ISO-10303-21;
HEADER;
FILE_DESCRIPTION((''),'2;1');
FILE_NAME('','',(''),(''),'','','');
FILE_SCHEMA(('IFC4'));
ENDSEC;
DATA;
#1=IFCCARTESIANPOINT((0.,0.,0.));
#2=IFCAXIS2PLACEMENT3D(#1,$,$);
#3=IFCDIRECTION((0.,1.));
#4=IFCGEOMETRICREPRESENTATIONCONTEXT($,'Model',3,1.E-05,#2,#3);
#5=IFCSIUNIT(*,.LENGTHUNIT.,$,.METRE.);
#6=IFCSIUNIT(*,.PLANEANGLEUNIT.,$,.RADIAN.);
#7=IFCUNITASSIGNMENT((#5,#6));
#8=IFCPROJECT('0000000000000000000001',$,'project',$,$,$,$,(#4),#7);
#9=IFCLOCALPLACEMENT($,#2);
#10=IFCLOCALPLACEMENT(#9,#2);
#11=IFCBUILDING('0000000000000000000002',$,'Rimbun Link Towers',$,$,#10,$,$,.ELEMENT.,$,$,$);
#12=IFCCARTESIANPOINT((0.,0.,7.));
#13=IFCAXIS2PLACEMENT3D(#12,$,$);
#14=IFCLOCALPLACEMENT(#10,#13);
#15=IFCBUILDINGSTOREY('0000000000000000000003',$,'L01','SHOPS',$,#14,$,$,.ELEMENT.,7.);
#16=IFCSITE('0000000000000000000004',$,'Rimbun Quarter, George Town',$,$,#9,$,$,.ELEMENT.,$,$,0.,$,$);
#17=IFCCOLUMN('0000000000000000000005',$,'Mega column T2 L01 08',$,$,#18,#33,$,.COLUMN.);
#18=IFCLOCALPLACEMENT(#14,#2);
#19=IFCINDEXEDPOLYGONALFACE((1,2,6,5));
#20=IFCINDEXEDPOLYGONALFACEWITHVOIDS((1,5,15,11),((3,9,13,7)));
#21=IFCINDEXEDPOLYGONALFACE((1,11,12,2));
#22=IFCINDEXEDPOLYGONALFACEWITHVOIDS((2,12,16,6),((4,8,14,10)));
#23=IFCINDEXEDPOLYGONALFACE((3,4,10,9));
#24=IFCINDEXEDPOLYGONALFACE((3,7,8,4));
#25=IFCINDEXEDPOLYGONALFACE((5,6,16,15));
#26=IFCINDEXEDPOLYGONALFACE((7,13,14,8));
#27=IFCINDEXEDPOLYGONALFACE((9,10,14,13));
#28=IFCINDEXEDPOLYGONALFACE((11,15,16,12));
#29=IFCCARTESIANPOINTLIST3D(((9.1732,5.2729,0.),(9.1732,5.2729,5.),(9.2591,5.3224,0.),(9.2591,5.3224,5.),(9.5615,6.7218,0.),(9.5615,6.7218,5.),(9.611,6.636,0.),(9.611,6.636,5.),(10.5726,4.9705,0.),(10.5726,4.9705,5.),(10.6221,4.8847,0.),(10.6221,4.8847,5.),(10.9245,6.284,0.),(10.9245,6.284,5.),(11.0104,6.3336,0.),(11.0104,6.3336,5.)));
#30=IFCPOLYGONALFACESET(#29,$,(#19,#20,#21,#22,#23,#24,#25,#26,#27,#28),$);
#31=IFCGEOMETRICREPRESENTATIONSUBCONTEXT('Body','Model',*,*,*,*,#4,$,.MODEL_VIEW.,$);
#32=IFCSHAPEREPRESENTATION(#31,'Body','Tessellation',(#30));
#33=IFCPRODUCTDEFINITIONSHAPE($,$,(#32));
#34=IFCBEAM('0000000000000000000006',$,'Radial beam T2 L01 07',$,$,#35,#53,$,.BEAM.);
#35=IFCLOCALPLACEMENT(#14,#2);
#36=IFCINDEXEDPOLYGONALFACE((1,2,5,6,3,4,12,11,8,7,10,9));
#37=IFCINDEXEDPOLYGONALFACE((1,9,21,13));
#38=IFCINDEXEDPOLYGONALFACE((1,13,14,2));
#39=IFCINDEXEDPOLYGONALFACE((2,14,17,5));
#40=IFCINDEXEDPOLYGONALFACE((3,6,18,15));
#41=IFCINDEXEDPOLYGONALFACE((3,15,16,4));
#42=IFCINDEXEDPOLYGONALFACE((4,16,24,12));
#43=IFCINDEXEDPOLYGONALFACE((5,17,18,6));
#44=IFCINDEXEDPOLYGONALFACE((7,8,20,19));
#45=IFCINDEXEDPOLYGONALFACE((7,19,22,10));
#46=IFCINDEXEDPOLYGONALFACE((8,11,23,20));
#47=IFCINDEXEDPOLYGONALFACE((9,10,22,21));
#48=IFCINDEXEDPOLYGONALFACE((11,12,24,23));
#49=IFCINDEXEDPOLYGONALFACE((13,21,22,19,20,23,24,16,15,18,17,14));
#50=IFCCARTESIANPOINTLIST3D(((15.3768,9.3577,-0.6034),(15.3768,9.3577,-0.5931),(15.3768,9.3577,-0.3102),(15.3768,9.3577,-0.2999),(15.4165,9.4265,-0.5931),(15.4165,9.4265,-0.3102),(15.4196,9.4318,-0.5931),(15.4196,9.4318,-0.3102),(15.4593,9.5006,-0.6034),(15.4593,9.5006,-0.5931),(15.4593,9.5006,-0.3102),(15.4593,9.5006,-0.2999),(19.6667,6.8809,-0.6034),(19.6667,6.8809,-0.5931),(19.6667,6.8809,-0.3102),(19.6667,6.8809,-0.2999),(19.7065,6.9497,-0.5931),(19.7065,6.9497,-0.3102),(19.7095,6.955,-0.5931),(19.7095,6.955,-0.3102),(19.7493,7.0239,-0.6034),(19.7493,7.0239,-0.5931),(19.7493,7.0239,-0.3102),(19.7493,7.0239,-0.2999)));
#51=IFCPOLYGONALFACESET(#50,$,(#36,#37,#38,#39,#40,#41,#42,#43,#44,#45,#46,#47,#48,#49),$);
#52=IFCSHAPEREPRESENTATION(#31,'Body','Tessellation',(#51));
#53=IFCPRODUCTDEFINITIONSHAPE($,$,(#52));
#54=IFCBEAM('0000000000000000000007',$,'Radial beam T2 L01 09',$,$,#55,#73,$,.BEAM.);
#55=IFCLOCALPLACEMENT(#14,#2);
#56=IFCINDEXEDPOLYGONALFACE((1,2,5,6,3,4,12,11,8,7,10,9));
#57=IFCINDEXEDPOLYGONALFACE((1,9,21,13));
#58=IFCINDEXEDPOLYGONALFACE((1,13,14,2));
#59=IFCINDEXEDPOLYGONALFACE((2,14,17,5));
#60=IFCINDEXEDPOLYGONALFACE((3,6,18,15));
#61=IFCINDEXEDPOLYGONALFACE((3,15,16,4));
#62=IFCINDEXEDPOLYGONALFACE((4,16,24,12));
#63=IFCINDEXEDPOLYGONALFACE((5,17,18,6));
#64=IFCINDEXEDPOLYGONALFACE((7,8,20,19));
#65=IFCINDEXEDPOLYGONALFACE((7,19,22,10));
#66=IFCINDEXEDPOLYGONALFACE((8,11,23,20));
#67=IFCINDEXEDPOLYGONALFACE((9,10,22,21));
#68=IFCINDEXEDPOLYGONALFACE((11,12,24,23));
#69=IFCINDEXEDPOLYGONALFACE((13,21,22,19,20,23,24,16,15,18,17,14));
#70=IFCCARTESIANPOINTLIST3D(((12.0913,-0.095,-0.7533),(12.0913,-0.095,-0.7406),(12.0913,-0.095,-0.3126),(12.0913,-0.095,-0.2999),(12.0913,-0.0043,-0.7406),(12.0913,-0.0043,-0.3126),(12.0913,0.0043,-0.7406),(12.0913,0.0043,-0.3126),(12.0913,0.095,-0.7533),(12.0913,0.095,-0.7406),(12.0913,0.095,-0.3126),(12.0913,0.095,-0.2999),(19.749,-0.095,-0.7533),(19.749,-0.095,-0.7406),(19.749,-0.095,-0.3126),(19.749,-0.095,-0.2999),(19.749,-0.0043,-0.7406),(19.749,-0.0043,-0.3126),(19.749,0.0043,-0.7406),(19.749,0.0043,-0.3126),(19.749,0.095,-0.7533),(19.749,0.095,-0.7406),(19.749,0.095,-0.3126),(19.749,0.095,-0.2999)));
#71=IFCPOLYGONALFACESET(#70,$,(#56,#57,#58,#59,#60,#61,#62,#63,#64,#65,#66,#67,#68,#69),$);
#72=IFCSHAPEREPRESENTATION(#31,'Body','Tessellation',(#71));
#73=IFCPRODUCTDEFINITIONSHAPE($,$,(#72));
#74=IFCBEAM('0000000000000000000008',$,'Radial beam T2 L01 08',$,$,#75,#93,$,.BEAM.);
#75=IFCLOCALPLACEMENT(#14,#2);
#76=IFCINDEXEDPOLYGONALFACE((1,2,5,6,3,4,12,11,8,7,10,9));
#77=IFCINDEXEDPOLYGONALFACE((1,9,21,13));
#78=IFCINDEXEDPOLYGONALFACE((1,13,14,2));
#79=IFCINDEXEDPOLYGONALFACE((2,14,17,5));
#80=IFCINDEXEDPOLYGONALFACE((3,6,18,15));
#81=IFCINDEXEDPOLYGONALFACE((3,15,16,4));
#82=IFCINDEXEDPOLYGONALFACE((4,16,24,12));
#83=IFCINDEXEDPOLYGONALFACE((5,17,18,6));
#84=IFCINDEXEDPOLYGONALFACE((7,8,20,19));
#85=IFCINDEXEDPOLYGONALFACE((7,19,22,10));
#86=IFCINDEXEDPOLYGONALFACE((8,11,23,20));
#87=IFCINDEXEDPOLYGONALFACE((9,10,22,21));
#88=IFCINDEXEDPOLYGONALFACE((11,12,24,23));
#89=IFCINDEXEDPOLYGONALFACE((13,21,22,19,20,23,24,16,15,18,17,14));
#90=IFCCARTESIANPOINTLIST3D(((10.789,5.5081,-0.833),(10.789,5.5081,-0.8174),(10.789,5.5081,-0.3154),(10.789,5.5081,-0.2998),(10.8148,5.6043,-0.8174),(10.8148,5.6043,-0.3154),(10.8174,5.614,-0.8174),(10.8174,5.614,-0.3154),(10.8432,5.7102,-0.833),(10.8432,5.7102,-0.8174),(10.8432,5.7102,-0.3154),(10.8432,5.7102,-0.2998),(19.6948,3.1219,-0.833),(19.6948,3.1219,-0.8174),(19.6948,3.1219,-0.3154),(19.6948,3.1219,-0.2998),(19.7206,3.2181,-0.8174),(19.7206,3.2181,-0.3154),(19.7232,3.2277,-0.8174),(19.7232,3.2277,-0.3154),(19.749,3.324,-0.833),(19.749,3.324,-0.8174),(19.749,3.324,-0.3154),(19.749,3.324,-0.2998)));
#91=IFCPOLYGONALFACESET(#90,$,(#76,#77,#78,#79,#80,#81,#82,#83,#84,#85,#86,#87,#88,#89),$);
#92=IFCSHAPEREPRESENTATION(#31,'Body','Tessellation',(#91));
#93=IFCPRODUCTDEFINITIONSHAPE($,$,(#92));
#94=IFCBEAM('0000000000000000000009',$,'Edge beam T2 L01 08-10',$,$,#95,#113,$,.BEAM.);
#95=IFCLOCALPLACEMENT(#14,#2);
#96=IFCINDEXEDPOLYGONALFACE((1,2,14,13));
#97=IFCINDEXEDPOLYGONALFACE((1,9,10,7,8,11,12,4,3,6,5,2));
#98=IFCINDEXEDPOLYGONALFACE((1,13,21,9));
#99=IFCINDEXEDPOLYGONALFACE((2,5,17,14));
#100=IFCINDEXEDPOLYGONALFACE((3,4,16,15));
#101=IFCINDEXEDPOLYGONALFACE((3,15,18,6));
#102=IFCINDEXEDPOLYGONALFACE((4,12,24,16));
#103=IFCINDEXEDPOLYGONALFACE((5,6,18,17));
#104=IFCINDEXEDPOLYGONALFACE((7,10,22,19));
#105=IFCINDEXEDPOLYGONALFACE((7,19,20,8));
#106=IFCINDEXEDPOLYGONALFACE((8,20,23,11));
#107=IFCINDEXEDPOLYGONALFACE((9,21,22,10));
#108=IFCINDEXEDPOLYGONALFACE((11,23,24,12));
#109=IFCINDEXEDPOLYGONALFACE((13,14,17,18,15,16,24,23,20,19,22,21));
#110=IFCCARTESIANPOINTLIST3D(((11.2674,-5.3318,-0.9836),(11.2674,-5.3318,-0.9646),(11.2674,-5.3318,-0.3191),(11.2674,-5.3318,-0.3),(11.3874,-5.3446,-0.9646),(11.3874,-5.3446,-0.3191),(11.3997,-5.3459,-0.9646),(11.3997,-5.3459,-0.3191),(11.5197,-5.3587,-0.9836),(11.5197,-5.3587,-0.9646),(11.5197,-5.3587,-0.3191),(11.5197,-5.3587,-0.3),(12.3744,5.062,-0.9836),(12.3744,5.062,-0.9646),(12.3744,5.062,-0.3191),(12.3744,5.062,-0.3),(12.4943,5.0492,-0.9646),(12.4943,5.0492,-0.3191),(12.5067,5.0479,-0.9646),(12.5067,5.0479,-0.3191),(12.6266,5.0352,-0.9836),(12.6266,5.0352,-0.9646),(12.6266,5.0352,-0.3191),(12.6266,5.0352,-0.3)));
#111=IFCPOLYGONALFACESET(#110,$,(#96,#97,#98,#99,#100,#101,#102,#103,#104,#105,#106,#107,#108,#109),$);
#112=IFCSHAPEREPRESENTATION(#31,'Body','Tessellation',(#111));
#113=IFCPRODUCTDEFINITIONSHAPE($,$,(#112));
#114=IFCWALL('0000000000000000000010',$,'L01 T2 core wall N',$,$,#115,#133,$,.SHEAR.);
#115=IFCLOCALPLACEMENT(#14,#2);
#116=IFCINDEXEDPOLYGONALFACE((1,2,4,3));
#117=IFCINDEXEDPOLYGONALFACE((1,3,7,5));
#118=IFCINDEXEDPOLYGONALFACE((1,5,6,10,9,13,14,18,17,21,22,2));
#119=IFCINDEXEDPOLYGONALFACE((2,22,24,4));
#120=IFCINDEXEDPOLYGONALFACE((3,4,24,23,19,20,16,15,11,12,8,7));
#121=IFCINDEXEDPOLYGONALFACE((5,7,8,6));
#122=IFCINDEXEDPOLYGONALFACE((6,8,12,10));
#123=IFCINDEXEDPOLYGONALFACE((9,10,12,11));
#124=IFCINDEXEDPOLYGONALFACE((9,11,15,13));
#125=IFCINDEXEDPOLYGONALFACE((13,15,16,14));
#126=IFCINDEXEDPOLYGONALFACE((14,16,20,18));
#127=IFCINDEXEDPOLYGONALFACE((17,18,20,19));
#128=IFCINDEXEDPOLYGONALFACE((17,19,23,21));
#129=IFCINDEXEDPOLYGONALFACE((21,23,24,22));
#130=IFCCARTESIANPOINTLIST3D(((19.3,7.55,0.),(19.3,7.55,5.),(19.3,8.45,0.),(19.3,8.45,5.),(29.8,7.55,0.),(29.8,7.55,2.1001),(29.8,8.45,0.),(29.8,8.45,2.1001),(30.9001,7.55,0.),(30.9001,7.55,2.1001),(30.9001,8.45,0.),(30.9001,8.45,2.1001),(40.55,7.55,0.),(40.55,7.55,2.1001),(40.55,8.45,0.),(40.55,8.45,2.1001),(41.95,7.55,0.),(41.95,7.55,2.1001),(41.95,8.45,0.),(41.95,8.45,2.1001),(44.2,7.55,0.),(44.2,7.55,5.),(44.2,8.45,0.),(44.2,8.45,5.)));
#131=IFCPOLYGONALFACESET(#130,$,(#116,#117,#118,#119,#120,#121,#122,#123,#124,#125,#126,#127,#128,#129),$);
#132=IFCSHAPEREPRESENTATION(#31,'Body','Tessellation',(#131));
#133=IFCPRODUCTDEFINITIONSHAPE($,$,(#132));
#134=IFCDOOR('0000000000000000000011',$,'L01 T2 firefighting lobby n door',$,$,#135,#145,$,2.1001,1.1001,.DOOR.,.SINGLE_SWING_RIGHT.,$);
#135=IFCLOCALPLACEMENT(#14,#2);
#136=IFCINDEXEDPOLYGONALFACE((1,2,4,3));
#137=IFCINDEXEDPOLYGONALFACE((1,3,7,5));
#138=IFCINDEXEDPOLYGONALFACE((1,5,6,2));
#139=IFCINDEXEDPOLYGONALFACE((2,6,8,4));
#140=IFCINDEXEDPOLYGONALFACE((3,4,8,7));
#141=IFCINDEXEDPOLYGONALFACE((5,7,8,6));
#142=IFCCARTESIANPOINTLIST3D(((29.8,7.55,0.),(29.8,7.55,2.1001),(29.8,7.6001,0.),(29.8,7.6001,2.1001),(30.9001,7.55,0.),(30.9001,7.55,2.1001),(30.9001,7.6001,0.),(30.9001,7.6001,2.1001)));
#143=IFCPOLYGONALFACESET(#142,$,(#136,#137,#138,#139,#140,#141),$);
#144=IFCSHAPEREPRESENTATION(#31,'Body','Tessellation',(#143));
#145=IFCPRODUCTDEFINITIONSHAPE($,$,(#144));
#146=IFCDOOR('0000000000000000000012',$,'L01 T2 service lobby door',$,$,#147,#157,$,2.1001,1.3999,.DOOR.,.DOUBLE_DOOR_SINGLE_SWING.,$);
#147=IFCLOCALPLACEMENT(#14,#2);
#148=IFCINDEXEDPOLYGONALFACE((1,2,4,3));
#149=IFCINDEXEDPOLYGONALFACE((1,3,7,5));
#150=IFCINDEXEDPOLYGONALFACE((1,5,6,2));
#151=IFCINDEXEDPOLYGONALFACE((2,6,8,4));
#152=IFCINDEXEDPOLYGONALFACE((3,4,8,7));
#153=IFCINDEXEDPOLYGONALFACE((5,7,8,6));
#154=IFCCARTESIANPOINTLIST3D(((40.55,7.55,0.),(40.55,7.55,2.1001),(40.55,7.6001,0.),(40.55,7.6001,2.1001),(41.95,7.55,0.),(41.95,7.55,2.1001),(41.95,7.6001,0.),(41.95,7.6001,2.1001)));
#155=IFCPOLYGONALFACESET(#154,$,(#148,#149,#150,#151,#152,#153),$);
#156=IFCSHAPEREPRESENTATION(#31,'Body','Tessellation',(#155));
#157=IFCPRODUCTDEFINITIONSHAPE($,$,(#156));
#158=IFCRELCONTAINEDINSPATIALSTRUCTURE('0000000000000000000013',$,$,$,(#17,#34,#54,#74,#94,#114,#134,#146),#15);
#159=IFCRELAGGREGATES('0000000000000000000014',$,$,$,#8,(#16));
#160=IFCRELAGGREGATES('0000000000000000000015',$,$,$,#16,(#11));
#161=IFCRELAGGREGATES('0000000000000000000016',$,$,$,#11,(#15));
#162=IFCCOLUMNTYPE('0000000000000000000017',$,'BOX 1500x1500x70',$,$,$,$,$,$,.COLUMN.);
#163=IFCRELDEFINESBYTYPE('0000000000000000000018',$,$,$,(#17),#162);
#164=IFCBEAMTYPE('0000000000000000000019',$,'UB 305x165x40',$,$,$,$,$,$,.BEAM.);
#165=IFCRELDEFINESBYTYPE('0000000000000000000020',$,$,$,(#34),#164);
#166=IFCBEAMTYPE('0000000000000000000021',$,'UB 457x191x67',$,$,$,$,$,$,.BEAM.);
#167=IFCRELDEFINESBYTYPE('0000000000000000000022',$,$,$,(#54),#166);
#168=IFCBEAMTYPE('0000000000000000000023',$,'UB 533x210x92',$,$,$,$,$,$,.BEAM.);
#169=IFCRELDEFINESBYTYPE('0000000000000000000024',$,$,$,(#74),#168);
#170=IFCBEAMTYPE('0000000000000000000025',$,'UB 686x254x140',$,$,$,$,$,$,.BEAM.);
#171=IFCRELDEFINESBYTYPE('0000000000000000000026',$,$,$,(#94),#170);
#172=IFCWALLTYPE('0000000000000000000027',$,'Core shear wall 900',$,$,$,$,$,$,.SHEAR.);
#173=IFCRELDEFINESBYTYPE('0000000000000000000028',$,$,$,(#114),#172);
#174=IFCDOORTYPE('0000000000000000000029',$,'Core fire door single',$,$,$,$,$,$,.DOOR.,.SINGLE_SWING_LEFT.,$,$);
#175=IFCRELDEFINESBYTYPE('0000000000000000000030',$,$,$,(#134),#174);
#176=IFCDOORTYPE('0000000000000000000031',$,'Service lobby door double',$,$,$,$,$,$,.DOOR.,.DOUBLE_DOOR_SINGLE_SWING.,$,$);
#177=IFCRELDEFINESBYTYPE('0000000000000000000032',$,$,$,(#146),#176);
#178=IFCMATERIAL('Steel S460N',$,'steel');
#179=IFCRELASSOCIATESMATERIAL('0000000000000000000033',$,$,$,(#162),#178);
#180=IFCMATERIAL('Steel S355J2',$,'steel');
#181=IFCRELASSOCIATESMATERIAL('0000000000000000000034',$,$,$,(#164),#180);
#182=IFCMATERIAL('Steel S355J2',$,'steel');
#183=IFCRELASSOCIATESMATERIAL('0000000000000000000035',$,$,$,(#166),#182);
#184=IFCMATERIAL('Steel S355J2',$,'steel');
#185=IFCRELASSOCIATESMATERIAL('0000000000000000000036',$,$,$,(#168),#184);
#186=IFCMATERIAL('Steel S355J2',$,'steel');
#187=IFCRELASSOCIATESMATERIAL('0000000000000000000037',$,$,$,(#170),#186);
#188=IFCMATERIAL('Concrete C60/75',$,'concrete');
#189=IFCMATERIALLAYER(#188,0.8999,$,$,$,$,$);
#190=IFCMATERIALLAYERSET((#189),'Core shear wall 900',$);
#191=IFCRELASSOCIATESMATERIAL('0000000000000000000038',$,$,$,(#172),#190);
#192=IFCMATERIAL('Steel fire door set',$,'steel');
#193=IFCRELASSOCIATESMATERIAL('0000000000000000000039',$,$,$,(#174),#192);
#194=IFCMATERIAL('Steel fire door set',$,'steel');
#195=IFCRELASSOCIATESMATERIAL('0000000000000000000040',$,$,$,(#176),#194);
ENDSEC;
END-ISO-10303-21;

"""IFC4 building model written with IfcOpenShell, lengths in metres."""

from ifc_helpers import new_model, si_unit, direction, frame, frame_2d, origin, origin_2d, place, context, subcontext, project, spatial, rectangle, hollow_rectangle, i_section, extrude, material, layer, layer_set, material_profile, profile_set, type_object, element, fill, save


model = new_model("IFC4")

# Units and contexts
model_context = context("Model", 3, precision=1e-05, world=origin(), true_north=direction((0.0, 1.0)))
body_context = subcontext(model_context, "Body", "Model", "MODEL_VIEW")
ifc_project = project(units=[si_unit("LENGTHUNIT", "METRE"), si_unit("PLANEANGLEUNIT", "RADIAN")], contexts=[model_context])

# Site, building, storey
site_placement = place(None, origin())
site = spatial("IfcSite", under=ifc_project, at=site_placement, Name="Rimbun Quarter, George Town", CompositionType="ELEMENT", RefElevation=0.0)
building_placement = place(site_placement, origin())
building = spatial("IfcBuilding", under=site, at=building_placement, Name="Rimbun Link Towers", CompositionType="ELEMENT")
storey_placement = place(building_placement, frame((0.0, 0.0, 7.0)))
storey = spatial("IfcBuildingStorey", under=building, at=storey_placement, Name="L01", Description="SHOPS", CompositionType="ELEMENT", Elevation=7.0)

# Column
ifc_material_1 = material(Name="Steel S460N", Category="steel")
ifc_material_profile_1 = material_profile(ifc_material_1, hollow_rectangle(XDim=1.5, YDim=1.5, WallThickness=0.0701, at=origin_2d()), Name="BOX 1500x1500x70")
ifc_profile_set_1 = profile_set([ifc_material_profile_1], Name="Steel S460N")
column_type = type_object("IfcColumnType", Name="BOX 1500x1500x70", PredefinedType="COLUMN", material=ifc_profile_set_1)
column_placement = place(storey_placement, frame((10.0918, 5.8032, 0.0), z_axis=(0.0, 0.0, 1.0), x_axis=(-0.965926, 0.258819, 0.0)))
element("IfcColumn", 1, at=column_placement, inside=storey, type_object=column_type, Name="Mega column T2 L01 08", PredefinedType="COLUMN", context=body_context, shape_type="SweptSolid", body=[
    extrude(hollow_rectangle(XDim=1.5, YDim=1.5, WallThickness=0.0701, at=origin_2d()), origin(), (0.0, 0.0, 1.0), 5.0),
])

# Beams
ifc_material_2 = material(Name="Steel S355J2", Category="steel")
ifc_material_profile_2 = material_profile(ifc_material_2, i_section(OverallWidth=0.165, OverallDepth=0.3035, WebThickness=0.0061, FlangeThickness=0.0103, at=origin_2d()), Name="UB 305x165x40")
ifc_profile_set_2 = profile_set([ifc_material_profile_2], Name="Steel S355J2")
beam_type_1 = type_object("IfcBeamType", Name="UB 305x165x40", PredefinedType="BEAM", material=ifc_profile_set_2)
beam_1_placement = place(storey_placement, frame((19.708, 6.9524, -0.4517), z_axis=(-0.86603, 0.499993, 0.0), x_axis=(-0.499993, -0.86603, 0.0)))
element("IfcBeam", 2, at=beam_1_placement, inside=storey, type_object=beam_type_1, Name="Radial beam T2 L01 07", PredefinedType="BEAM", context=body_context, shape_type="SweptSolid", body=[
    extrude(i_section(OverallWidth=0.165, OverallDepth=0.3035, WebThickness=0.0061, FlangeThickness=0.0103, at=origin_2d()), origin(), (0.0, 0.0, 1.0), 4.9536),
])
ifc_material_3 = material(Name="Steel S355J2", Category="steel")
ifc_material_profile_3 = material_profile(ifc_material_3, i_section(OverallWidth=0.1899, OverallDepth=0.4534, WebThickness=0.0085, FlangeThickness=0.0127, at=origin_2d()), Name="UB 457x191x67")
ifc_profile_set_3 = profile_set([ifc_material_profile_3], Name="Steel S355J2")
beam_type_2 = type_object("IfcBeamType", Name="UB 457x191x67", PredefinedType="BEAM", material=ifc_profile_set_3)
beam_2_placement = place(storey_placement, frame((19.749, 0.0, -0.5266), z_axis=(-1.0, 0.0, 0.0), x_axis=(0.0, -1.0, 0.0)))
element("IfcBeam", 3, at=beam_2_placement, inside=storey, type_object=beam_type_2, Name="Radial beam T2 L01 09", PredefinedType="BEAM", context=body_context, shape_type="SweptSolid", body=[
    extrude(i_section(OverallWidth=0.1899, OverallDepth=0.4534, WebThickness=0.0085, FlangeThickness=0.0127, at=origin_2d()), origin(), (0.0, 0.0, 1.0), 7.6577),
])
ifc_material_4 = material(Name="Steel S355J2", Category="steel")
ifc_material_profile_4 = material_profile(ifc_material_4, i_section(OverallWidth=0.2092, OverallDepth=0.5332, WebThickness=0.01, FlangeThickness=0.0156, at=origin_2d()), Name="UB 533x210x92")
ifc_profile_set_4 = profile_set([ifc_material_profile_4], Name="Steel S355J2")
beam_type_3 = type_object("IfcBeamType", Name="UB 533x210x92", PredefinedType="BEAM", material=ifc_profile_set_4)
beam_3_placement = place(storey_placement, frame((19.7219, 3.2229, -0.5664), z_axis=(-0.965927, 0.258813, 0.0), x_axis=(-0.258813, -0.965927, 0.0)))
element("IfcBeam", 4, at=beam_3_placement, inside=storey, type_object=beam_type_3, Name="Radial beam T2 L01 08", PredefinedType="BEAM", context=body_context, shape_type="SweptSolid", body=[
    extrude(i_section(OverallWidth=0.2092, OverallDepth=0.5332, WebThickness=0.01, FlangeThickness=0.0156, at=origin_2d()), origin(), (0.0, 0.0, 1.0), 9.22),
])
ifc_material_5 = material(Name="Steel S355J2", Category="steel")
ifc_material_profile_5 = material_profile(ifc_material_5, i_section(OverallWidth=0.2537, OverallDepth=0.6836, WebThickness=0.0125, FlangeThickness=0.019, at=origin_2d()), Name="UB 686x254x140")
ifc_profile_set_5 = profile_set([ifc_material_profile_5], Name="Steel S355J2")
beam_type_4 = type_object("IfcBeamType", Name="UB 686x254x140", PredefinedType="BEAM", material=ifc_profile_set_5)
beam_4_placement = place(storey_placement, frame((12.5005, 5.0486, -0.6418), z_axis=(-0.105901, -0.994377, 0.0), x_axis=(0.994377, -0.105901, 0.0)))
element("IfcBeam", 5, at=beam_4_placement, inside=storey, type_object=beam_type_4, Name="Edge beam T2 L01 08-10", PredefinedType="BEAM", context=body_context, shape_type="SweptSolid", body=[
    extrude(i_section(OverallWidth=0.2537, OverallDepth=0.6836, WebThickness=0.0125, FlangeThickness=0.019, at=origin_2d()), origin(), (0.0, 0.0, 1.0), 10.4526),
])

# Wall, openings, doors
ifc_material_6 = material(Name="Concrete C60/75", Category="concrete")
ifc_layer_1 = layer(ifc_material_6, 0.8999)
ifc_layer_set_1 = layer_set([ifc_layer_1], Name="Core shear wall 900")
wall_type_1 = type_object("IfcWallType", Name="Core shear wall 900", PredefinedType="SHEAR", material=ifc_layer_set_1)
wall_1_placement = place(storey_placement, frame((19.3, 8.0, 0.0), z_axis=(0.0, 0.0, 1.0), x_axis=(1.0, 0.0, 0.0)))
wall_1 = element("IfcWall", 6, at=wall_1_placement, inside=storey, type_object=wall_type_1, Name="L01 T2 core wall N", PredefinedType="SHEAR", context=body_context, shape_type="SweptSolid", body=[
    extrude(rectangle(XDim=24.8999, YDim=0.8999, at=frame_2d((12.45, 0.0))), origin(), (0.0, 0.0, 1.0), 5.0),
])
opening_1_placement = place(wall_1_placement, frame((10.5, 0.0, 0.0)))
opening_1 = element("IfcOpeningElement", 7, at=opening_1_placement, cuts=wall_1, PredefinedType="OPENING", context=body_context, shape_type="SweptSolid", body=[
    extrude(rectangle(XDim=1.1001, YDim=2.1001, at=frame_2d((0.55, 1.05))), frame((0.0, 0.46, 0.0), z_axis=(0.0, -1.0, 0.0), x_axis=(1.0, 0.0, 0.0)), (0.0, 0.0, 1.0), 0.9199),
])
opening_2_placement = place(wall_1_placement, frame((21.25, 0.0, 0.0)))
opening_2 = element("IfcOpeningElement", 8, at=opening_2_placement, cuts=wall_1, PredefinedType="OPENING", context=body_context, shape_type="SweptSolid", body=[
    extrude(rectangle(XDim=1.3999, YDim=2.1001, at=frame_2d((0.7, 1.05))), frame((0.0, 0.46, 0.0), z_axis=(0.0, -1.0, 0.0), x_axis=(1.0, 0.0, 0.0)), (0.0, 0.0, 1.0), 0.9199),
])
ifc_material_7 = material(Name="Steel fire door set", Category="steel")
door_type_1 = type_object("IfcDoorType", Name="Core fire door single", OperationType="SINGLE_SWING_LEFT", PredefinedType="DOOR", material=ifc_material_7)
door_1_placement = place(opening_1_placement, origin())
door_1 = element("IfcDoor", 9, at=door_1_placement, inside=storey, type_object=door_type_1, Name="L01 T2 firefighting lobby n door", OperationType="SINGLE_SWING_RIGHT", OverallHeight=2.1001, OverallWidth=1.1001, PredefinedType="DOOR", context=body_context, shape_type="SweptSolid", body=[
    extrude(rectangle(XDim=1.1001, YDim=2.1001, at=frame_2d((0.55, 1.05))), frame((0.0, -0.3999, 0.0), z_axis=(0.0, -1.0, 0.0), x_axis=(1.0, 0.0, 0.0)), (0.0, 0.0, 1.0), 0.05),
])
fill(opening_1, door_1)
ifc_material_8 = material(Name="Steel fire door set", Category="steel")
door_type_2 = type_object("IfcDoorType", Name="Service lobby door double", OperationType="DOUBLE_DOOR_SINGLE_SWING", PredefinedType="DOOR", material=ifc_material_8)
door_2_placement = place(opening_2_placement, origin())
door_2 = element("IfcDoor", 10, at=door_2_placement, inside=storey, type_object=door_type_2, Name="L01 T2 service lobby door", OperationType="DOUBLE_DOOR_SINGLE_SWING", OverallHeight=2.1001, OverallWidth=1.3999, PredefinedType="DOOR", context=body_context, shape_type="SweptSolid", body=[
    extrude(rectangle(XDim=1.3999, YDim=2.1001, at=frame_2d((0.7, 1.05))), frame((0.0, -0.3999, 0.0), z_axis=(0.0, -1.0, 0.0), x_axis=(1.0, 0.0, 0.0)), (0.0, 0.0, 1.0), 0.05),
])
fill(opening_2, door_2)

save(model, "model.ifc")
